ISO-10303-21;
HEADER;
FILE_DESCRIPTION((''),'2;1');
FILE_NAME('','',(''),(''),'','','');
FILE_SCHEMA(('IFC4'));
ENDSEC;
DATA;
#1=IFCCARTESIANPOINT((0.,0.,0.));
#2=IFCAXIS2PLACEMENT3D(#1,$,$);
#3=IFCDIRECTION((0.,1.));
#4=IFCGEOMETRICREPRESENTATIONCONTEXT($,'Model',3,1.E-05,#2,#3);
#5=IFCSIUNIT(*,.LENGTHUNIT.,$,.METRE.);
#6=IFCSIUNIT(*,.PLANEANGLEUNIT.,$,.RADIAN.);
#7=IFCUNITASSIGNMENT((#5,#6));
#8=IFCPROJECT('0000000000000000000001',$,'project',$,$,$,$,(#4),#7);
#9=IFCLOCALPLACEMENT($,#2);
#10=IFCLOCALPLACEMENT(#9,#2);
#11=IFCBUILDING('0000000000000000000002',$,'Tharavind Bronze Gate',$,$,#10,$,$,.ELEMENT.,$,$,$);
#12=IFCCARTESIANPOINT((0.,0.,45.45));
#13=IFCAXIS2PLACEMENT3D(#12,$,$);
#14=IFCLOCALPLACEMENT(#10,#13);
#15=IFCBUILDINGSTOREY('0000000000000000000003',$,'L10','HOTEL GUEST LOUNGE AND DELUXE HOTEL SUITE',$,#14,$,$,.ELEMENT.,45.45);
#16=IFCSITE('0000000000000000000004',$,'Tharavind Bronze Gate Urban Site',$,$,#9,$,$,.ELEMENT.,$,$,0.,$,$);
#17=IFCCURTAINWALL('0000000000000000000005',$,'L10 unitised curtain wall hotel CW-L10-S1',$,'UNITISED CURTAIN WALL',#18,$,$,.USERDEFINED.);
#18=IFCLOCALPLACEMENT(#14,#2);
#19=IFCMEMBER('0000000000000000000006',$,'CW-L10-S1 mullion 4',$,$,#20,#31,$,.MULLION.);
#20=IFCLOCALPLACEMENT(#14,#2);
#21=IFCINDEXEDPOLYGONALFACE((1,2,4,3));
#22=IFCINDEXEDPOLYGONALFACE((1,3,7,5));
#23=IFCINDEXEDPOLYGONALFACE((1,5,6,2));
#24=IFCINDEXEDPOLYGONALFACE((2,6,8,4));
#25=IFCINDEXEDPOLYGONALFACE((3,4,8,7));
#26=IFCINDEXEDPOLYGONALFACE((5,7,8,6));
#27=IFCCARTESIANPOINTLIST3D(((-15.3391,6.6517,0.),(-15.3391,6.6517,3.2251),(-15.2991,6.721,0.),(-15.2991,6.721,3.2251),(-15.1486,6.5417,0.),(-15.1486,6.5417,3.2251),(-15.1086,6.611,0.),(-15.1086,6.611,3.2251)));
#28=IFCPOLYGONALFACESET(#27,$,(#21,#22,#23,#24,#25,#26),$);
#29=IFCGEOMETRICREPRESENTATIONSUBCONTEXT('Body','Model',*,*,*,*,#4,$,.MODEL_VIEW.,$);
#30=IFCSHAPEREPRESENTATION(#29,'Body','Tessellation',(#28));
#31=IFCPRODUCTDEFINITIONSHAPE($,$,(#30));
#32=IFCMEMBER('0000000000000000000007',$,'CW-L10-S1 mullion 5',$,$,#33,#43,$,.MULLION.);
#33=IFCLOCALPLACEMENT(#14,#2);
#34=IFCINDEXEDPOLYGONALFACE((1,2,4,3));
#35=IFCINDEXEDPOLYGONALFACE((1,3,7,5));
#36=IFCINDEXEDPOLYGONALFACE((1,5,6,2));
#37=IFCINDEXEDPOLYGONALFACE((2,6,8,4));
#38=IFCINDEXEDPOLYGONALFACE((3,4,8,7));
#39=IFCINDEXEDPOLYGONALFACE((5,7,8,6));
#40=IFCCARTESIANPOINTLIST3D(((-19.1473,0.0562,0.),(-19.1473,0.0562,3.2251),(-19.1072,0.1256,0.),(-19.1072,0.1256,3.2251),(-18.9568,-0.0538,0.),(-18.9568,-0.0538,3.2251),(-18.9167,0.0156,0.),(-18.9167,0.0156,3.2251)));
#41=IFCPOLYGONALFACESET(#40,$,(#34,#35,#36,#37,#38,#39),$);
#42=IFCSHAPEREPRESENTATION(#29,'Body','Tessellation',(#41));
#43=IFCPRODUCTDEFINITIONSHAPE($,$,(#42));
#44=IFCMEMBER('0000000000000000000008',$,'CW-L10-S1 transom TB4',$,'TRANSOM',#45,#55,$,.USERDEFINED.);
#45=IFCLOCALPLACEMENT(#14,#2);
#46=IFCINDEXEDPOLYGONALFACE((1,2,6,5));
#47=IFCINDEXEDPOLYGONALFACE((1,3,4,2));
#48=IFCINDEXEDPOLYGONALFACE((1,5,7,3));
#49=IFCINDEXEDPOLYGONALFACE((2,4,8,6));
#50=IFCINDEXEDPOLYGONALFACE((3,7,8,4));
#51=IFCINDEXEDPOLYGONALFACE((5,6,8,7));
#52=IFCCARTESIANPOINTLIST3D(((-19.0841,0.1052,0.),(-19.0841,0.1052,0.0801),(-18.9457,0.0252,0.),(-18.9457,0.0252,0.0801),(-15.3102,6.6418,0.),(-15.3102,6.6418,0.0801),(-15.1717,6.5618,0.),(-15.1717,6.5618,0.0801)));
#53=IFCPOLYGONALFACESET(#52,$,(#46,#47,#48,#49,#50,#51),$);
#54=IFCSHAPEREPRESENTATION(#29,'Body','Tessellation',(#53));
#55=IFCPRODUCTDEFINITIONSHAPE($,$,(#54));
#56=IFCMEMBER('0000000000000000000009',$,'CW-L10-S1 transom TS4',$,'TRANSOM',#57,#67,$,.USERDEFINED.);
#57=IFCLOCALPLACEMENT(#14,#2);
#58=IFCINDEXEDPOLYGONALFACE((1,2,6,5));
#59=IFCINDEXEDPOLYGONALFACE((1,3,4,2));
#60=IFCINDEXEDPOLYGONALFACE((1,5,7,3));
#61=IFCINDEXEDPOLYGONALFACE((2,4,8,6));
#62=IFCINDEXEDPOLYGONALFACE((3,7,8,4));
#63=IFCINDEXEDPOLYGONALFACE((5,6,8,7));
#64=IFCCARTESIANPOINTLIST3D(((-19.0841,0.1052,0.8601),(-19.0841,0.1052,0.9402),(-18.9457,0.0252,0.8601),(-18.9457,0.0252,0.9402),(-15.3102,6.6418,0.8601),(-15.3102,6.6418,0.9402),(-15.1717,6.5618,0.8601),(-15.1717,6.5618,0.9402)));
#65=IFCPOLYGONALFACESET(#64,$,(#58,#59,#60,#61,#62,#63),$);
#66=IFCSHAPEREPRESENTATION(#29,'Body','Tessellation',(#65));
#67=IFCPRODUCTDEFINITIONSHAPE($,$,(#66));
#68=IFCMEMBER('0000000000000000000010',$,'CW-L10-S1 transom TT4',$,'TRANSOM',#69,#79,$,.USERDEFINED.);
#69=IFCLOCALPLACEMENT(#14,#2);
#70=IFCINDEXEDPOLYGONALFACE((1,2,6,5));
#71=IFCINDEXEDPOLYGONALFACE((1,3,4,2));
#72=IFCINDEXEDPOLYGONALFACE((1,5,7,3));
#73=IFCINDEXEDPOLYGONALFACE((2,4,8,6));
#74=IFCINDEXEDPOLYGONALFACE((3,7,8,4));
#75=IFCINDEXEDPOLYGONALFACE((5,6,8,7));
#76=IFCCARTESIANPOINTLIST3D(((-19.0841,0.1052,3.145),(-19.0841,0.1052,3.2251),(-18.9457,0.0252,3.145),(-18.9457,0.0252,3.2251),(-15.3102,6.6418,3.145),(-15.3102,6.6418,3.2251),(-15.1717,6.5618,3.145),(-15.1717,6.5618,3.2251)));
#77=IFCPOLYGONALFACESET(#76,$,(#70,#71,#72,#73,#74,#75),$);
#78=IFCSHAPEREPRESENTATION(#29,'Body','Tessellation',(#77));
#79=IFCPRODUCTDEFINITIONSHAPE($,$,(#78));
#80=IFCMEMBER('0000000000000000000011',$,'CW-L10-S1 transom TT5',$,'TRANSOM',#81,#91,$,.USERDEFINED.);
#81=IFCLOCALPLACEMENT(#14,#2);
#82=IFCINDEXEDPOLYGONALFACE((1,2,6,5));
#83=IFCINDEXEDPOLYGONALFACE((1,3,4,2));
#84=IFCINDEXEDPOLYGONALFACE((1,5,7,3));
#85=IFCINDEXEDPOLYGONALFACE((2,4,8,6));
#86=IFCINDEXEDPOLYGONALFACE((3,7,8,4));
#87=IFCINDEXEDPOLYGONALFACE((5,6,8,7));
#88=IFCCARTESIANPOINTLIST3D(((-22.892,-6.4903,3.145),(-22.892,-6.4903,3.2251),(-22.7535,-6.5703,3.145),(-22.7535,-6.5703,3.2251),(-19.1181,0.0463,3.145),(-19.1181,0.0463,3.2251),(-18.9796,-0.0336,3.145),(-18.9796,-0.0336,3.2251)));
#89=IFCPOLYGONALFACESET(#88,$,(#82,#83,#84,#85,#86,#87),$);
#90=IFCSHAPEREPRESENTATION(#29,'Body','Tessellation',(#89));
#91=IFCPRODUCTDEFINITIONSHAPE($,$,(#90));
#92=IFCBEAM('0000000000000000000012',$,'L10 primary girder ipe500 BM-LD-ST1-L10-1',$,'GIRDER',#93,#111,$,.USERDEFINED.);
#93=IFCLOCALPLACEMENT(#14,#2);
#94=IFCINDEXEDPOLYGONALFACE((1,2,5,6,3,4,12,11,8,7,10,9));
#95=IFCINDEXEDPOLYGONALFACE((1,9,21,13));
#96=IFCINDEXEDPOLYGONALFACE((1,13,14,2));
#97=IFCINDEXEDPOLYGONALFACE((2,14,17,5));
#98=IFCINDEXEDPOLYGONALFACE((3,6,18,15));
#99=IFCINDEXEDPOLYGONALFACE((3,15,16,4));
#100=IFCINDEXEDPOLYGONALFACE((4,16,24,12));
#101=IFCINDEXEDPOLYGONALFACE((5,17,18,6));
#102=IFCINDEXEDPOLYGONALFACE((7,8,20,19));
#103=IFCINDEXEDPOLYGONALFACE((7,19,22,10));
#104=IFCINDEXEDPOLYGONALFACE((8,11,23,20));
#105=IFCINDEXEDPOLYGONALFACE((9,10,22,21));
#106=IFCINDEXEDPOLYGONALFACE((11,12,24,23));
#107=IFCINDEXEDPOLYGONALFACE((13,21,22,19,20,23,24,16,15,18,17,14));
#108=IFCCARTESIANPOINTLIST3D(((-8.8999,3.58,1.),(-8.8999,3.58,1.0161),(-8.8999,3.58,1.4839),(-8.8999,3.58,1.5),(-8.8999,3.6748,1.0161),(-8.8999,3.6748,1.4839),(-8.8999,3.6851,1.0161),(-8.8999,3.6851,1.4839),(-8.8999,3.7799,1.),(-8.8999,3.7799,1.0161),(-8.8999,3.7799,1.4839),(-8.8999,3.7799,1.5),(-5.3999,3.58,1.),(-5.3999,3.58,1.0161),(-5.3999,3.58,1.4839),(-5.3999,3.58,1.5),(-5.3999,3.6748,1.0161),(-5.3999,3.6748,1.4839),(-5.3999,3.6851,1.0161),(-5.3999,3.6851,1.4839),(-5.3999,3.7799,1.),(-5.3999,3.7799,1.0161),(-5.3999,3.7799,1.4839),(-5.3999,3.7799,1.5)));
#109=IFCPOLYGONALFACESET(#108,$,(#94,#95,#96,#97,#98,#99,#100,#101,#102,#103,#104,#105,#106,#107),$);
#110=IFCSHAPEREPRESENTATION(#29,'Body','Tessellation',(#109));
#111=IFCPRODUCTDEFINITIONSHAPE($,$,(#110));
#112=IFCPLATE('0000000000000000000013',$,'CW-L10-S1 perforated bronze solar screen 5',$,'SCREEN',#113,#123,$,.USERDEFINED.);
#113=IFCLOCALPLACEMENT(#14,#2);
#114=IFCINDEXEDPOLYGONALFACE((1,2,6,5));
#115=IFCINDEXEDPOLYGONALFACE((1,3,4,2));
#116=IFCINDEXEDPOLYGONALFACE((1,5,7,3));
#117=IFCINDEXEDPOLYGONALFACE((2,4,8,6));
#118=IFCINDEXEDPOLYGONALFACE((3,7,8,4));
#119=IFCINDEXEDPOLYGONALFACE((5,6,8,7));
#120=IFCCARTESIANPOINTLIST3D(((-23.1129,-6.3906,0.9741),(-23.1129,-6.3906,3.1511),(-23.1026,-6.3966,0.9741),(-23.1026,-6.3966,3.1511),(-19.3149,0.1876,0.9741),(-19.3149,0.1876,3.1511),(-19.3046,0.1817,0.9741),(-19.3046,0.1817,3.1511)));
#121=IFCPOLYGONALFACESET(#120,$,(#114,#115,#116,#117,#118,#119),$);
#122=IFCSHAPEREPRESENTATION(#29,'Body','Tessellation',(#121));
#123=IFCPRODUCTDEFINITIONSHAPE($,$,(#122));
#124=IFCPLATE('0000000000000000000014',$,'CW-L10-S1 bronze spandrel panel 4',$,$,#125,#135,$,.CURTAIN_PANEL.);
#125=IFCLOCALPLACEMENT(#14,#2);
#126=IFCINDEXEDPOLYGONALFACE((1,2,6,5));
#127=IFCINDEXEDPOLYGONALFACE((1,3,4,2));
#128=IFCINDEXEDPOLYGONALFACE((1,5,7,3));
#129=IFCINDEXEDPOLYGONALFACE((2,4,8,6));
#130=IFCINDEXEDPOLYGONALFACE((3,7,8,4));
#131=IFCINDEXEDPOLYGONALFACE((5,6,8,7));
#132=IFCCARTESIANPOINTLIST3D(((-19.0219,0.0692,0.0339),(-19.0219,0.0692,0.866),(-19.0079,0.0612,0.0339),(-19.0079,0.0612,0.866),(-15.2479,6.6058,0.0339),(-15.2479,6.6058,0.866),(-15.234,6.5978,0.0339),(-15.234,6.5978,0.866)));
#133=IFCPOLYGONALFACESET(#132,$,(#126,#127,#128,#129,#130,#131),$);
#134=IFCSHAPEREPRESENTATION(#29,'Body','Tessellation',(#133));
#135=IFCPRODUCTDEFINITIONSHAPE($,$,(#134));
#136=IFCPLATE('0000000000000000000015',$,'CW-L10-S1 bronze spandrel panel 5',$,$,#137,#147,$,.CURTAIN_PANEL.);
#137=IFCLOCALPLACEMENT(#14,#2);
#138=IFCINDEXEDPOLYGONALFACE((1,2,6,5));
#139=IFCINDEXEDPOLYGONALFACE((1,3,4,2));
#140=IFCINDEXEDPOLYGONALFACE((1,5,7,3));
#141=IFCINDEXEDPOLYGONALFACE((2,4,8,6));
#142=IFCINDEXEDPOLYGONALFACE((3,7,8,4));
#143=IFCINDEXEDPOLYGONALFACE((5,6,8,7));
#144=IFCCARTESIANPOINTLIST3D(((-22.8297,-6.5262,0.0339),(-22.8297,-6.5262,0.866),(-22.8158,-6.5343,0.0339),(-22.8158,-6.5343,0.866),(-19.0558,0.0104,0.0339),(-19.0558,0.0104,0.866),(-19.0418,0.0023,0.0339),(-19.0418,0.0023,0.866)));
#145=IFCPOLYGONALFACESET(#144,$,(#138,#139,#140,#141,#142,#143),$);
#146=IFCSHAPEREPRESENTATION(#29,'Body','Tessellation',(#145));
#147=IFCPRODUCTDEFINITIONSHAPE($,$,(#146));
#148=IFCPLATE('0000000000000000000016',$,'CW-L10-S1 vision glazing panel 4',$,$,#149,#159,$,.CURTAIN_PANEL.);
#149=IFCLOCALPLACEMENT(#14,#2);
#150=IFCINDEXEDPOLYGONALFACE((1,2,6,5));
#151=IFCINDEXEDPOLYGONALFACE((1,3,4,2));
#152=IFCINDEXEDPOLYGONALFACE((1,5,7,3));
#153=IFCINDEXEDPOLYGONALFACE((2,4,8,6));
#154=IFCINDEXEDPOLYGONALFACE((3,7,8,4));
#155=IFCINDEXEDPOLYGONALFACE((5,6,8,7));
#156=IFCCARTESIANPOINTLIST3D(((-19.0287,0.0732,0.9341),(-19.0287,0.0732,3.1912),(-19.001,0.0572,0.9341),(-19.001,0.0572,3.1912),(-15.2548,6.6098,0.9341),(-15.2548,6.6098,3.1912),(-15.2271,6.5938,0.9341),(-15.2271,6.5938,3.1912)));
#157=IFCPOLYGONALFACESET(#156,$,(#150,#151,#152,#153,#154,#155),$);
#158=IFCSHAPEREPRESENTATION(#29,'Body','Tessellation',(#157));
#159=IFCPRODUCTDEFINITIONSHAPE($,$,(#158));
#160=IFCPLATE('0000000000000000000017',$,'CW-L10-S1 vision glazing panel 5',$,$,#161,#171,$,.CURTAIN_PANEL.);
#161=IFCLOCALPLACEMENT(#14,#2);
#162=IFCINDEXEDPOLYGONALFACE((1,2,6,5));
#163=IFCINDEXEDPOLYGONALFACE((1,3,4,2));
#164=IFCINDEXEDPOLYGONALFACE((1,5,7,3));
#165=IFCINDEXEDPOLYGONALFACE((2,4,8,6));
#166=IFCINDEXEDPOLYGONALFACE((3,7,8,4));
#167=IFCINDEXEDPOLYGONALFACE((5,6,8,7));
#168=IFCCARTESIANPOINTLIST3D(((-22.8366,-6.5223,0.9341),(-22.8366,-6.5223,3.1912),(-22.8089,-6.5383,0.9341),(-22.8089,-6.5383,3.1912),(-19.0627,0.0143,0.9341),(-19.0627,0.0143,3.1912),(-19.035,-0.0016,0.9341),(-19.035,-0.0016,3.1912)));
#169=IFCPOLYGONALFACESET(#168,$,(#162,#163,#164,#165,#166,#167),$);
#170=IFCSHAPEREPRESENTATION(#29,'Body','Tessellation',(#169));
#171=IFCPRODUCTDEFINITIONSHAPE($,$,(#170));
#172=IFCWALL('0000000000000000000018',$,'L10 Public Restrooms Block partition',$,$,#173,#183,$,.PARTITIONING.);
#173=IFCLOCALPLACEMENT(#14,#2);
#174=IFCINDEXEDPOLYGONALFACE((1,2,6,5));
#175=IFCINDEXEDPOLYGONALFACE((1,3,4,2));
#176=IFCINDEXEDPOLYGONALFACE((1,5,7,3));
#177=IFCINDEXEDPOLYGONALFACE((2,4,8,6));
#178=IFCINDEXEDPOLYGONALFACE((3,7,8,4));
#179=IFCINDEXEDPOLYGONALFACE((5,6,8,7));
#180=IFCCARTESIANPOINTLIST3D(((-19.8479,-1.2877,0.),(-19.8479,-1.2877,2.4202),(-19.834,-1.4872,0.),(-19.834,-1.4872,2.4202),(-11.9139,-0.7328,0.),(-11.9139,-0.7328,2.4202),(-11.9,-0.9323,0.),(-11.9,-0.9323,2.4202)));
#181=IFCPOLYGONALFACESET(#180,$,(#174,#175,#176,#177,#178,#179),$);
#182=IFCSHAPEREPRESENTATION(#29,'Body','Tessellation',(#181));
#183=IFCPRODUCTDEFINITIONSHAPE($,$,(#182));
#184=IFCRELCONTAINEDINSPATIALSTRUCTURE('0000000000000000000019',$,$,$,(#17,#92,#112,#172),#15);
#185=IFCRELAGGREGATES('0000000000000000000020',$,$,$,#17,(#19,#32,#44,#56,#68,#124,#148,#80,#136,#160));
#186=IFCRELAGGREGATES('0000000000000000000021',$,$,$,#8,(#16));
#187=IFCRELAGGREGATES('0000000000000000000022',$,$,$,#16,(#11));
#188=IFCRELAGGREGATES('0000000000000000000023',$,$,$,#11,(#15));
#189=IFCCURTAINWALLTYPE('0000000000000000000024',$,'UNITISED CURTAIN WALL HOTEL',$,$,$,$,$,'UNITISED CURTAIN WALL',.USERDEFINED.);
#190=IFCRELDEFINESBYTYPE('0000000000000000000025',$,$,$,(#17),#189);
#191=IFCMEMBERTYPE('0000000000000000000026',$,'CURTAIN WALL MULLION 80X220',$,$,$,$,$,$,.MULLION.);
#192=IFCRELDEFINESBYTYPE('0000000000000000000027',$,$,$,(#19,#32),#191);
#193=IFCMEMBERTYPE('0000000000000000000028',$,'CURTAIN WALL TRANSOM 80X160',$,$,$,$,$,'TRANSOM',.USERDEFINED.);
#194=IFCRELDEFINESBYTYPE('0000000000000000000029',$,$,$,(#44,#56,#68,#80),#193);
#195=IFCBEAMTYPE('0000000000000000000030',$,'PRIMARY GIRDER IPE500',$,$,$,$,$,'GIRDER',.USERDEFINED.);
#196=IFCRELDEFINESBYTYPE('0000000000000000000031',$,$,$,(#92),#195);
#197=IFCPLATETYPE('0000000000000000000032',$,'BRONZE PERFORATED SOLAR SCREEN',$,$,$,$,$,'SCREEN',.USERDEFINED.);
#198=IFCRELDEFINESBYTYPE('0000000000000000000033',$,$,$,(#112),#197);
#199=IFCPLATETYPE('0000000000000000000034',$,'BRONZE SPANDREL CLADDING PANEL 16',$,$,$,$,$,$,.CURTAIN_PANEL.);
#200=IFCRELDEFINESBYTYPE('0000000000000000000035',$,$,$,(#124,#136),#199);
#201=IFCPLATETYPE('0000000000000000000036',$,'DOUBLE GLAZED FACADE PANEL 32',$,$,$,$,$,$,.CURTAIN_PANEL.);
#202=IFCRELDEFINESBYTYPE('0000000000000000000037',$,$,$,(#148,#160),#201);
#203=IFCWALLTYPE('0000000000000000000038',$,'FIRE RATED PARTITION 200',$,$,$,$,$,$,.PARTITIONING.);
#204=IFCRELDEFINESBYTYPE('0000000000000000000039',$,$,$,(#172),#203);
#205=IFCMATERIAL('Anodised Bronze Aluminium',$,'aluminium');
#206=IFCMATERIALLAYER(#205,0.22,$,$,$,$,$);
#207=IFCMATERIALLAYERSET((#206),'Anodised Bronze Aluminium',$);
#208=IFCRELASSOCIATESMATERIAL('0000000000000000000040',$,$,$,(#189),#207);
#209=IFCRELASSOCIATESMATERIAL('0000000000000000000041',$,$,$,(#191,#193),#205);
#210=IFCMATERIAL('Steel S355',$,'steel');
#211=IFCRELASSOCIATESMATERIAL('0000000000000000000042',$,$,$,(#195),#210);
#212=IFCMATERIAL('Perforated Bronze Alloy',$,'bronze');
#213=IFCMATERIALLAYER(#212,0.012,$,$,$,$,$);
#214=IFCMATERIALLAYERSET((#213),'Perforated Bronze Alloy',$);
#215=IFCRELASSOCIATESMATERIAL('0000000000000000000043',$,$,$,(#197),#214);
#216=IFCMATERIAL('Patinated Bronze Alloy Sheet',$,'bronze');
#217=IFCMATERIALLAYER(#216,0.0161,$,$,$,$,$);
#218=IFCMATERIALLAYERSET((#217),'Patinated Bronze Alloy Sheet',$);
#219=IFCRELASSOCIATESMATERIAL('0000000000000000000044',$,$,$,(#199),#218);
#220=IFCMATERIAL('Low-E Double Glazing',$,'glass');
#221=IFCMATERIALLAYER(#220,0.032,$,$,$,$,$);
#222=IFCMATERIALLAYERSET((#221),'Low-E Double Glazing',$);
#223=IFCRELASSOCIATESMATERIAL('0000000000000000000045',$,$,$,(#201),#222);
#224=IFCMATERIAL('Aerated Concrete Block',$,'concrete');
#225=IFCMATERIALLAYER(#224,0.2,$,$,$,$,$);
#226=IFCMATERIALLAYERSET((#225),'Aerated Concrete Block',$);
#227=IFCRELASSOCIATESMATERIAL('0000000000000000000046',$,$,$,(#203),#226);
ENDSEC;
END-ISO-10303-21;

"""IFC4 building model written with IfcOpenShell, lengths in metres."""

from ifc_helpers import new_model, si_unit, direction, frame, frame_2d, origin, origin_2d, place, context, subcontext, project, spatial, rectangle, i_section, extrude, material, layer, layer_set, material_profile, profile_set, type_object, element, aggregate, save


model = new_model("IFC4")

# Units and contexts
model_context = context("Model", 3, precision=1e-05, world=origin(), true_north=direction((0.0, 1.0)))
body_context = subcontext(model_context, "Body", "Model", "MODEL_VIEW")
ifc_project = project(units=[si_unit("LENGTHUNIT", "METRE"), si_unit("PLANEANGLEUNIT", "RADIAN")], contexts=[model_context])

# Site, building, storey
site_placement = place(None, origin())
site = spatial("IfcSite", under=ifc_project, at=site_placement, Name="Tharavind Bronze Gate Urban Site", CompositionType="ELEMENT", RefElevation=0.0)
building_placement = place(site_placement, origin())
building = spatial("IfcBuilding", under=site, at=building_placement, Name="Tharavind Bronze Gate", CompositionType="ELEMENT")
storey_placement = place(building_placement, frame((0.0, 0.0, 45.45)))
storey = spatial("IfcBuildingStorey", under=building, at=storey_placement, Name="L10", Description="HOTEL GUEST LOUNGE AND DELUXE HOTEL SUITE", CompositionType="ELEMENT", Elevation=45.45)

# Curtain wall, members
ifc_material_1 = material(Name="Anodised Bronze Aluminium", Category="aluminium")
ifc_layer_1 = layer(ifc_material_1, 0.22)
ifc_layer_set_1 = layer_set([ifc_layer_1], Name="Anodised Bronze Aluminium")
curtain_wall_type = type_object("IfcCurtainWallType", Name="UNITISED CURTAIN WALL HOTEL", ElementType="UNITISED CURTAIN WALL", PredefinedType="USERDEFINED", material=ifc_layer_set_1)
curtain_wall_placement = place(storey_placement, origin())
curtain_wall = element("IfcCurtainWall", 1, at=curtain_wall_placement, inside=storey, type_object=curtain_wall_type, Name="L10 unitised curtain wall hotel CW-L10-S1", ObjectType="UNITISED CURTAIN WALL", PredefinedType="USERDEFINED")
member_type_1 = type_object("IfcMemberType", Name="CURTAIN WALL MULLION 80X220", PredefinedType="MULLION", material=ifc_material_1)
member_1_placement = place(storey_placement, frame((-15.2239, 6.6313, 0.0), z_axis=(0.0, 0.0, 1.0), x_axis=(-0.500002, -0.866025, 0.0)))
member_1 = element("IfcMember", 2, at=member_1_placement, type_object=member_type_1, Name="CW-L10-S1 mullion 4", PredefinedType="MULLION", context=body_context, shape_type="SweptSolid", body=[
    extrude(rectangle(XDim=0.0801, YDim=0.22, at=origin_2d()), origin(), (0.0, 0.0, 1.0), 3.2251),
])
member_2_placement = place(storey_placement, frame((-19.032, 0.0359, 0.0), z_axis=(0.0, 0.0, 1.0), x_axis=(-0.500002, -0.866025, 0.0)))
member_2 = element("IfcMember", 3, at=member_2_placement, type_object=member_type_1, Name="CW-L10-S1 mullion 5", PredefinedType="MULLION", context=body_context, shape_type="SweptSolid", body=[
    extrude(rectangle(XDim=0.0801, YDim=0.22, at=origin_2d()), origin(), (0.0, 0.0, 1.0), 3.2251),
])
member_type_2 = type_object("IfcMemberType", Name="CURTAIN WALL TRANSOM 80X160", ElementType="TRANSOM", PredefinedType="USERDEFINED", material=ifc_material_1)
member_3_placement = place(storey_placement, frame((-17.1279, 3.3335, 0.0), z_axis=(0.0, 0.0, 1.0), x_axis=(-0.500002, -0.866025, 0.0)))
member_3 = element("IfcMember", 4, at=member_3_placement, type_object=member_type_2, Name="CW-L10-S1 transom TB4", ObjectType="TRANSOM", PredefinedType="USERDEFINED", context=body_context, shape_type="SweptSolid", body=[
    extrude(rectangle(XDim=7.5479, YDim=0.1599, at=origin_2d()), origin(), (0.0, 0.0, 1.0), 0.0801),
])
member_4_placement = place(storey_placement, frame((-17.1279, 3.3335, 0.8601), z_axis=(0.0, 0.0, 1.0), x_axis=(-0.500002, -0.866025, 0.0)))
member_4 = element("IfcMember", 5, at=member_4_placement, type_object=member_type_2, Name="CW-L10-S1 transom TS4", ObjectType="TRANSOM", PredefinedType="USERDEFINED", context=body_context, shape_type="SweptSolid", body=[
    extrude(rectangle(XDim=7.5479, YDim=0.1599, at=origin_2d()), origin(), (0.0, 0.0, 1.0), 0.0801),
])
member_5_placement = place(storey_placement, frame((-17.1279, 3.3335, 3.145), z_axis=(0.0, 0.0, 1.0), x_axis=(-0.500002, -0.866025, 0.0)))
member_5 = element("IfcMember", 6, at=member_5_placement, type_object=member_type_2, Name="CW-L10-S1 transom TT4", ObjectType="TRANSOM", PredefinedType="USERDEFINED", context=body_context, shape_type="SweptSolid", body=[
    extrude(rectangle(XDim=7.5479, YDim=0.1599, at=origin_2d()), origin(), (0.0, 0.0, 1.0), 0.0801),
])
member_6_placement = place(storey_placement, frame((-20.9358, -3.262, 3.145), z_axis=(0.0, 0.0, 1.0), x_axis=(-0.500002, -0.866025, 0.0)))
member_6 = element("IfcMember", 7, at=member_6_placement, type_object=member_type_2, Name="CW-L10-S1 transom TT5", ObjectType="TRANSOM", PredefinedType="USERDEFINED", context=body_context, shape_type="SweptSolid", body=[
    extrude(rectangle(XDim=7.5479, YDim=0.1599, at=origin_2d()), origin(), (0.0, 0.0, 1.0), 0.0801),
])

# Beam
ifc_material_2 = material(Name="Steel S355", Category="steel")
ifc_material_profile = material_profile(ifc_material_2, i_section(OverallWidth=0.2, OverallDepth=0.5, WebThickness=0.0103, FlangeThickness=0.0161, at=origin_2d()), Name="IPE500")
ifc_profile_set = profile_set([ifc_material_profile], Name="Steel S355")
beam_type = type_object("IfcBeamType", Name="PRIMARY GIRDER IPE500", ElementType="GIRDER", PredefinedType="USERDEFINED", material=ifc_profile_set)
beam_placement = place(storey_placement, frame((-8.8999, 3.6799, 1.25), z_axis=(1.0, 0.0, 0.0), x_axis=(0.0, 1.0, 0.0)))
element("IfcBeam", 8, at=beam_placement, inside=storey, type_object=beam_type, Name="L10 primary girder ipe500 BM-LD-ST1-L10-1", ObjectType="GIRDER", PredefinedType="USERDEFINED", context=body_context, shape_type="SweptSolid", body=[
    extrude(i_section(OverallWidth=0.2, OverallDepth=0.5, WebThickness=0.0103, FlangeThickness=0.0161, at=origin_2d()), origin(), (0.0, 0.0, 1.0), 3.5),
])

# Plates
ifc_material_3 = material(Name="Perforated Bronze Alloy", Category="bronze")
ifc_layer_2 = layer(ifc_material_3, 0.012)
ifc_layer_set_2 = layer_set([ifc_layer_2], Name="Perforated Bronze Alloy")
plate_type_1 = type_object("IfcPlateType", Name="BRONZE PERFORATED SOLAR SCREEN", ElementType="SCREEN", PredefinedType="USERDEFINED", material=ifc_layer_set_2)
plate_1_placement = place(storey_placement, frame((-21.2087, -3.1045, 0.9741), z_axis=(0.0, 0.0, 1.0), x_axis=(-0.500002, -0.866025, 0.0)))
element("IfcPlate", 9, at=plate_1_placement, inside=storey, type_object=plate_type_1, Name="CW-L10-S1 perforated bronze solar screen 5", ObjectType="SCREEN", PredefinedType="USERDEFINED", context=body_context, shape_type="SweptSolid", body=[
    extrude(rectangle(XDim=7.5959, YDim=0.012, at=origin_2d()), origin(), (0.0, 0.0, 1.0), 2.177),
])
ifc_material_4 = material(Name="Patinated Bronze Alloy Sheet", Category="bronze")
ifc_layer_3 = layer(ifc_material_4, 0.0161)
ifc_layer_set_3 = layer_set([ifc_layer_3], Name="Patinated Bronze Alloy Sheet")
plate_type_2 = type_object("IfcPlateType", Name="BRONZE SPANDREL CLADDING PANEL 16", PredefinedType="CURTAIN_PANEL", material=ifc_layer_set_3)
plate_2_placement = place(storey_placement, frame((-17.1279, 3.3335, 0.0339), z_axis=(0.0, 0.0, 1.0), x_axis=(-0.500002, -0.866025, 0.0)))
plate_2 = element("IfcPlate", 10, at=plate_2_placement, type_object=plate_type_2, Name="CW-L10-S1 bronze spandrel panel 4", PredefinedType="CURTAIN_PANEL", context=body_context, shape_type="SweptSolid", body=[
    extrude(rectangle(XDim=7.5479, YDim=0.0161, at=origin_2d()), origin(), (0.0, 0.0, 1.0), 0.832),
])
plate_3_placement = place(storey_placement, frame((-20.9358, -3.262, 0.0339), z_axis=(0.0, 0.0, 1.0), x_axis=(-0.500002, -0.866025, 0.0)))
plate_3 = element("IfcPlate", 11, at=plate_3_placement, type_object=plate_type_2, Name="CW-L10-S1 bronze spandrel panel 5", PredefinedType="CURTAIN_PANEL", context=body_context, shape_type="SweptSolid", body=[
    extrude(rectangle(XDim=7.5479, YDim=0.0161, at=origin_2d()), origin(), (0.0, 0.0, 1.0), 0.832),
])
ifc_material_5 = material(Name="Low-E Double Glazing", Category="glass")
ifc_layer_4 = layer(ifc_material_5, 0.032)
ifc_layer_set_4 = layer_set([ifc_layer_4], Name="Low-E Double Glazing")
plate_type_3 = type_object("IfcPlateType", Name="DOUBLE GLAZED FACADE PANEL 32", PredefinedType="CURTAIN_PANEL", material=ifc_layer_set_4)
plate_4_placement = place(storey_placement, frame((-17.1279, 3.3335, 0.9341), z_axis=(0.0, 0.0, 1.0), x_axis=(-0.500002, -0.866025, 0.0)))
plate_4 = element("IfcPlate", 12, at=plate_4_placement, type_object=plate_type_3, Name="CW-L10-S1 vision glazing panel 4", PredefinedType="CURTAIN_PANEL", context=body_context, shape_type="SweptSolid", body=[
    extrude(rectangle(XDim=7.5479, YDim=0.032, at=origin_2d()), origin(), (0.0, 0.0, 1.0), 2.2571),
])
plate_5_placement = place(storey_placement, frame((-20.9358, -3.262, 0.9341), z_axis=(0.0, 0.0, 1.0), x_axis=(-0.500002, -0.866025, 0.0)))
plate_5 = element("IfcPlate", 13, at=plate_5_placement, type_object=plate_type_3, Name="CW-L10-S1 vision glazing panel 5", PredefinedType="CURTAIN_PANEL", context=body_context, shape_type="SweptSolid", body=[
    extrude(rectangle(XDim=7.5479, YDim=0.032, at=origin_2d()), origin(), (0.0, 0.0, 1.0), 2.2571),
])
aggregate(curtain_wall, [member_1, member_2, member_3, member_4, member_5, plate_2, plate_4, member_6, plate_3, plate_5])

# Wall
ifc_material_6 = material(Name="Aerated Concrete Block", Category="concrete")
ifc_layer_5 = layer(ifc_material_6, 0.2)
ifc_layer_set_5 = layer_set([ifc_layer_5], Name="Aerated Concrete Block")
wall_type_1 = type_object("IfcWallType", Name="FIRE RATED PARTITION 200", PredefinedType="PARTITIONING", material=ifc_layer_set_5)
wall_1_placement = place(storey_placement, frame((-19.8408, -1.3875, 0.0), z_axis=(0.0, 0.0, 1.0), x_axis=(0.997563, 0.069772, 0.0)))
element("IfcWall", 14, at=wall_1_placement, inside=storey, type_object=wall_type_1, Name="L10 Public Restrooms Block partition", PredefinedType="PARTITIONING", context=body_context, shape_type="SweptSolid", body=[
    extrude(rectangle(XDim=7.9534, YDim=0.2, at=frame_2d((3.9766, 0.0))), origin(), (0.0, 0.0, 1.0), 2.4202),
])

save(model, "model.ifc")
